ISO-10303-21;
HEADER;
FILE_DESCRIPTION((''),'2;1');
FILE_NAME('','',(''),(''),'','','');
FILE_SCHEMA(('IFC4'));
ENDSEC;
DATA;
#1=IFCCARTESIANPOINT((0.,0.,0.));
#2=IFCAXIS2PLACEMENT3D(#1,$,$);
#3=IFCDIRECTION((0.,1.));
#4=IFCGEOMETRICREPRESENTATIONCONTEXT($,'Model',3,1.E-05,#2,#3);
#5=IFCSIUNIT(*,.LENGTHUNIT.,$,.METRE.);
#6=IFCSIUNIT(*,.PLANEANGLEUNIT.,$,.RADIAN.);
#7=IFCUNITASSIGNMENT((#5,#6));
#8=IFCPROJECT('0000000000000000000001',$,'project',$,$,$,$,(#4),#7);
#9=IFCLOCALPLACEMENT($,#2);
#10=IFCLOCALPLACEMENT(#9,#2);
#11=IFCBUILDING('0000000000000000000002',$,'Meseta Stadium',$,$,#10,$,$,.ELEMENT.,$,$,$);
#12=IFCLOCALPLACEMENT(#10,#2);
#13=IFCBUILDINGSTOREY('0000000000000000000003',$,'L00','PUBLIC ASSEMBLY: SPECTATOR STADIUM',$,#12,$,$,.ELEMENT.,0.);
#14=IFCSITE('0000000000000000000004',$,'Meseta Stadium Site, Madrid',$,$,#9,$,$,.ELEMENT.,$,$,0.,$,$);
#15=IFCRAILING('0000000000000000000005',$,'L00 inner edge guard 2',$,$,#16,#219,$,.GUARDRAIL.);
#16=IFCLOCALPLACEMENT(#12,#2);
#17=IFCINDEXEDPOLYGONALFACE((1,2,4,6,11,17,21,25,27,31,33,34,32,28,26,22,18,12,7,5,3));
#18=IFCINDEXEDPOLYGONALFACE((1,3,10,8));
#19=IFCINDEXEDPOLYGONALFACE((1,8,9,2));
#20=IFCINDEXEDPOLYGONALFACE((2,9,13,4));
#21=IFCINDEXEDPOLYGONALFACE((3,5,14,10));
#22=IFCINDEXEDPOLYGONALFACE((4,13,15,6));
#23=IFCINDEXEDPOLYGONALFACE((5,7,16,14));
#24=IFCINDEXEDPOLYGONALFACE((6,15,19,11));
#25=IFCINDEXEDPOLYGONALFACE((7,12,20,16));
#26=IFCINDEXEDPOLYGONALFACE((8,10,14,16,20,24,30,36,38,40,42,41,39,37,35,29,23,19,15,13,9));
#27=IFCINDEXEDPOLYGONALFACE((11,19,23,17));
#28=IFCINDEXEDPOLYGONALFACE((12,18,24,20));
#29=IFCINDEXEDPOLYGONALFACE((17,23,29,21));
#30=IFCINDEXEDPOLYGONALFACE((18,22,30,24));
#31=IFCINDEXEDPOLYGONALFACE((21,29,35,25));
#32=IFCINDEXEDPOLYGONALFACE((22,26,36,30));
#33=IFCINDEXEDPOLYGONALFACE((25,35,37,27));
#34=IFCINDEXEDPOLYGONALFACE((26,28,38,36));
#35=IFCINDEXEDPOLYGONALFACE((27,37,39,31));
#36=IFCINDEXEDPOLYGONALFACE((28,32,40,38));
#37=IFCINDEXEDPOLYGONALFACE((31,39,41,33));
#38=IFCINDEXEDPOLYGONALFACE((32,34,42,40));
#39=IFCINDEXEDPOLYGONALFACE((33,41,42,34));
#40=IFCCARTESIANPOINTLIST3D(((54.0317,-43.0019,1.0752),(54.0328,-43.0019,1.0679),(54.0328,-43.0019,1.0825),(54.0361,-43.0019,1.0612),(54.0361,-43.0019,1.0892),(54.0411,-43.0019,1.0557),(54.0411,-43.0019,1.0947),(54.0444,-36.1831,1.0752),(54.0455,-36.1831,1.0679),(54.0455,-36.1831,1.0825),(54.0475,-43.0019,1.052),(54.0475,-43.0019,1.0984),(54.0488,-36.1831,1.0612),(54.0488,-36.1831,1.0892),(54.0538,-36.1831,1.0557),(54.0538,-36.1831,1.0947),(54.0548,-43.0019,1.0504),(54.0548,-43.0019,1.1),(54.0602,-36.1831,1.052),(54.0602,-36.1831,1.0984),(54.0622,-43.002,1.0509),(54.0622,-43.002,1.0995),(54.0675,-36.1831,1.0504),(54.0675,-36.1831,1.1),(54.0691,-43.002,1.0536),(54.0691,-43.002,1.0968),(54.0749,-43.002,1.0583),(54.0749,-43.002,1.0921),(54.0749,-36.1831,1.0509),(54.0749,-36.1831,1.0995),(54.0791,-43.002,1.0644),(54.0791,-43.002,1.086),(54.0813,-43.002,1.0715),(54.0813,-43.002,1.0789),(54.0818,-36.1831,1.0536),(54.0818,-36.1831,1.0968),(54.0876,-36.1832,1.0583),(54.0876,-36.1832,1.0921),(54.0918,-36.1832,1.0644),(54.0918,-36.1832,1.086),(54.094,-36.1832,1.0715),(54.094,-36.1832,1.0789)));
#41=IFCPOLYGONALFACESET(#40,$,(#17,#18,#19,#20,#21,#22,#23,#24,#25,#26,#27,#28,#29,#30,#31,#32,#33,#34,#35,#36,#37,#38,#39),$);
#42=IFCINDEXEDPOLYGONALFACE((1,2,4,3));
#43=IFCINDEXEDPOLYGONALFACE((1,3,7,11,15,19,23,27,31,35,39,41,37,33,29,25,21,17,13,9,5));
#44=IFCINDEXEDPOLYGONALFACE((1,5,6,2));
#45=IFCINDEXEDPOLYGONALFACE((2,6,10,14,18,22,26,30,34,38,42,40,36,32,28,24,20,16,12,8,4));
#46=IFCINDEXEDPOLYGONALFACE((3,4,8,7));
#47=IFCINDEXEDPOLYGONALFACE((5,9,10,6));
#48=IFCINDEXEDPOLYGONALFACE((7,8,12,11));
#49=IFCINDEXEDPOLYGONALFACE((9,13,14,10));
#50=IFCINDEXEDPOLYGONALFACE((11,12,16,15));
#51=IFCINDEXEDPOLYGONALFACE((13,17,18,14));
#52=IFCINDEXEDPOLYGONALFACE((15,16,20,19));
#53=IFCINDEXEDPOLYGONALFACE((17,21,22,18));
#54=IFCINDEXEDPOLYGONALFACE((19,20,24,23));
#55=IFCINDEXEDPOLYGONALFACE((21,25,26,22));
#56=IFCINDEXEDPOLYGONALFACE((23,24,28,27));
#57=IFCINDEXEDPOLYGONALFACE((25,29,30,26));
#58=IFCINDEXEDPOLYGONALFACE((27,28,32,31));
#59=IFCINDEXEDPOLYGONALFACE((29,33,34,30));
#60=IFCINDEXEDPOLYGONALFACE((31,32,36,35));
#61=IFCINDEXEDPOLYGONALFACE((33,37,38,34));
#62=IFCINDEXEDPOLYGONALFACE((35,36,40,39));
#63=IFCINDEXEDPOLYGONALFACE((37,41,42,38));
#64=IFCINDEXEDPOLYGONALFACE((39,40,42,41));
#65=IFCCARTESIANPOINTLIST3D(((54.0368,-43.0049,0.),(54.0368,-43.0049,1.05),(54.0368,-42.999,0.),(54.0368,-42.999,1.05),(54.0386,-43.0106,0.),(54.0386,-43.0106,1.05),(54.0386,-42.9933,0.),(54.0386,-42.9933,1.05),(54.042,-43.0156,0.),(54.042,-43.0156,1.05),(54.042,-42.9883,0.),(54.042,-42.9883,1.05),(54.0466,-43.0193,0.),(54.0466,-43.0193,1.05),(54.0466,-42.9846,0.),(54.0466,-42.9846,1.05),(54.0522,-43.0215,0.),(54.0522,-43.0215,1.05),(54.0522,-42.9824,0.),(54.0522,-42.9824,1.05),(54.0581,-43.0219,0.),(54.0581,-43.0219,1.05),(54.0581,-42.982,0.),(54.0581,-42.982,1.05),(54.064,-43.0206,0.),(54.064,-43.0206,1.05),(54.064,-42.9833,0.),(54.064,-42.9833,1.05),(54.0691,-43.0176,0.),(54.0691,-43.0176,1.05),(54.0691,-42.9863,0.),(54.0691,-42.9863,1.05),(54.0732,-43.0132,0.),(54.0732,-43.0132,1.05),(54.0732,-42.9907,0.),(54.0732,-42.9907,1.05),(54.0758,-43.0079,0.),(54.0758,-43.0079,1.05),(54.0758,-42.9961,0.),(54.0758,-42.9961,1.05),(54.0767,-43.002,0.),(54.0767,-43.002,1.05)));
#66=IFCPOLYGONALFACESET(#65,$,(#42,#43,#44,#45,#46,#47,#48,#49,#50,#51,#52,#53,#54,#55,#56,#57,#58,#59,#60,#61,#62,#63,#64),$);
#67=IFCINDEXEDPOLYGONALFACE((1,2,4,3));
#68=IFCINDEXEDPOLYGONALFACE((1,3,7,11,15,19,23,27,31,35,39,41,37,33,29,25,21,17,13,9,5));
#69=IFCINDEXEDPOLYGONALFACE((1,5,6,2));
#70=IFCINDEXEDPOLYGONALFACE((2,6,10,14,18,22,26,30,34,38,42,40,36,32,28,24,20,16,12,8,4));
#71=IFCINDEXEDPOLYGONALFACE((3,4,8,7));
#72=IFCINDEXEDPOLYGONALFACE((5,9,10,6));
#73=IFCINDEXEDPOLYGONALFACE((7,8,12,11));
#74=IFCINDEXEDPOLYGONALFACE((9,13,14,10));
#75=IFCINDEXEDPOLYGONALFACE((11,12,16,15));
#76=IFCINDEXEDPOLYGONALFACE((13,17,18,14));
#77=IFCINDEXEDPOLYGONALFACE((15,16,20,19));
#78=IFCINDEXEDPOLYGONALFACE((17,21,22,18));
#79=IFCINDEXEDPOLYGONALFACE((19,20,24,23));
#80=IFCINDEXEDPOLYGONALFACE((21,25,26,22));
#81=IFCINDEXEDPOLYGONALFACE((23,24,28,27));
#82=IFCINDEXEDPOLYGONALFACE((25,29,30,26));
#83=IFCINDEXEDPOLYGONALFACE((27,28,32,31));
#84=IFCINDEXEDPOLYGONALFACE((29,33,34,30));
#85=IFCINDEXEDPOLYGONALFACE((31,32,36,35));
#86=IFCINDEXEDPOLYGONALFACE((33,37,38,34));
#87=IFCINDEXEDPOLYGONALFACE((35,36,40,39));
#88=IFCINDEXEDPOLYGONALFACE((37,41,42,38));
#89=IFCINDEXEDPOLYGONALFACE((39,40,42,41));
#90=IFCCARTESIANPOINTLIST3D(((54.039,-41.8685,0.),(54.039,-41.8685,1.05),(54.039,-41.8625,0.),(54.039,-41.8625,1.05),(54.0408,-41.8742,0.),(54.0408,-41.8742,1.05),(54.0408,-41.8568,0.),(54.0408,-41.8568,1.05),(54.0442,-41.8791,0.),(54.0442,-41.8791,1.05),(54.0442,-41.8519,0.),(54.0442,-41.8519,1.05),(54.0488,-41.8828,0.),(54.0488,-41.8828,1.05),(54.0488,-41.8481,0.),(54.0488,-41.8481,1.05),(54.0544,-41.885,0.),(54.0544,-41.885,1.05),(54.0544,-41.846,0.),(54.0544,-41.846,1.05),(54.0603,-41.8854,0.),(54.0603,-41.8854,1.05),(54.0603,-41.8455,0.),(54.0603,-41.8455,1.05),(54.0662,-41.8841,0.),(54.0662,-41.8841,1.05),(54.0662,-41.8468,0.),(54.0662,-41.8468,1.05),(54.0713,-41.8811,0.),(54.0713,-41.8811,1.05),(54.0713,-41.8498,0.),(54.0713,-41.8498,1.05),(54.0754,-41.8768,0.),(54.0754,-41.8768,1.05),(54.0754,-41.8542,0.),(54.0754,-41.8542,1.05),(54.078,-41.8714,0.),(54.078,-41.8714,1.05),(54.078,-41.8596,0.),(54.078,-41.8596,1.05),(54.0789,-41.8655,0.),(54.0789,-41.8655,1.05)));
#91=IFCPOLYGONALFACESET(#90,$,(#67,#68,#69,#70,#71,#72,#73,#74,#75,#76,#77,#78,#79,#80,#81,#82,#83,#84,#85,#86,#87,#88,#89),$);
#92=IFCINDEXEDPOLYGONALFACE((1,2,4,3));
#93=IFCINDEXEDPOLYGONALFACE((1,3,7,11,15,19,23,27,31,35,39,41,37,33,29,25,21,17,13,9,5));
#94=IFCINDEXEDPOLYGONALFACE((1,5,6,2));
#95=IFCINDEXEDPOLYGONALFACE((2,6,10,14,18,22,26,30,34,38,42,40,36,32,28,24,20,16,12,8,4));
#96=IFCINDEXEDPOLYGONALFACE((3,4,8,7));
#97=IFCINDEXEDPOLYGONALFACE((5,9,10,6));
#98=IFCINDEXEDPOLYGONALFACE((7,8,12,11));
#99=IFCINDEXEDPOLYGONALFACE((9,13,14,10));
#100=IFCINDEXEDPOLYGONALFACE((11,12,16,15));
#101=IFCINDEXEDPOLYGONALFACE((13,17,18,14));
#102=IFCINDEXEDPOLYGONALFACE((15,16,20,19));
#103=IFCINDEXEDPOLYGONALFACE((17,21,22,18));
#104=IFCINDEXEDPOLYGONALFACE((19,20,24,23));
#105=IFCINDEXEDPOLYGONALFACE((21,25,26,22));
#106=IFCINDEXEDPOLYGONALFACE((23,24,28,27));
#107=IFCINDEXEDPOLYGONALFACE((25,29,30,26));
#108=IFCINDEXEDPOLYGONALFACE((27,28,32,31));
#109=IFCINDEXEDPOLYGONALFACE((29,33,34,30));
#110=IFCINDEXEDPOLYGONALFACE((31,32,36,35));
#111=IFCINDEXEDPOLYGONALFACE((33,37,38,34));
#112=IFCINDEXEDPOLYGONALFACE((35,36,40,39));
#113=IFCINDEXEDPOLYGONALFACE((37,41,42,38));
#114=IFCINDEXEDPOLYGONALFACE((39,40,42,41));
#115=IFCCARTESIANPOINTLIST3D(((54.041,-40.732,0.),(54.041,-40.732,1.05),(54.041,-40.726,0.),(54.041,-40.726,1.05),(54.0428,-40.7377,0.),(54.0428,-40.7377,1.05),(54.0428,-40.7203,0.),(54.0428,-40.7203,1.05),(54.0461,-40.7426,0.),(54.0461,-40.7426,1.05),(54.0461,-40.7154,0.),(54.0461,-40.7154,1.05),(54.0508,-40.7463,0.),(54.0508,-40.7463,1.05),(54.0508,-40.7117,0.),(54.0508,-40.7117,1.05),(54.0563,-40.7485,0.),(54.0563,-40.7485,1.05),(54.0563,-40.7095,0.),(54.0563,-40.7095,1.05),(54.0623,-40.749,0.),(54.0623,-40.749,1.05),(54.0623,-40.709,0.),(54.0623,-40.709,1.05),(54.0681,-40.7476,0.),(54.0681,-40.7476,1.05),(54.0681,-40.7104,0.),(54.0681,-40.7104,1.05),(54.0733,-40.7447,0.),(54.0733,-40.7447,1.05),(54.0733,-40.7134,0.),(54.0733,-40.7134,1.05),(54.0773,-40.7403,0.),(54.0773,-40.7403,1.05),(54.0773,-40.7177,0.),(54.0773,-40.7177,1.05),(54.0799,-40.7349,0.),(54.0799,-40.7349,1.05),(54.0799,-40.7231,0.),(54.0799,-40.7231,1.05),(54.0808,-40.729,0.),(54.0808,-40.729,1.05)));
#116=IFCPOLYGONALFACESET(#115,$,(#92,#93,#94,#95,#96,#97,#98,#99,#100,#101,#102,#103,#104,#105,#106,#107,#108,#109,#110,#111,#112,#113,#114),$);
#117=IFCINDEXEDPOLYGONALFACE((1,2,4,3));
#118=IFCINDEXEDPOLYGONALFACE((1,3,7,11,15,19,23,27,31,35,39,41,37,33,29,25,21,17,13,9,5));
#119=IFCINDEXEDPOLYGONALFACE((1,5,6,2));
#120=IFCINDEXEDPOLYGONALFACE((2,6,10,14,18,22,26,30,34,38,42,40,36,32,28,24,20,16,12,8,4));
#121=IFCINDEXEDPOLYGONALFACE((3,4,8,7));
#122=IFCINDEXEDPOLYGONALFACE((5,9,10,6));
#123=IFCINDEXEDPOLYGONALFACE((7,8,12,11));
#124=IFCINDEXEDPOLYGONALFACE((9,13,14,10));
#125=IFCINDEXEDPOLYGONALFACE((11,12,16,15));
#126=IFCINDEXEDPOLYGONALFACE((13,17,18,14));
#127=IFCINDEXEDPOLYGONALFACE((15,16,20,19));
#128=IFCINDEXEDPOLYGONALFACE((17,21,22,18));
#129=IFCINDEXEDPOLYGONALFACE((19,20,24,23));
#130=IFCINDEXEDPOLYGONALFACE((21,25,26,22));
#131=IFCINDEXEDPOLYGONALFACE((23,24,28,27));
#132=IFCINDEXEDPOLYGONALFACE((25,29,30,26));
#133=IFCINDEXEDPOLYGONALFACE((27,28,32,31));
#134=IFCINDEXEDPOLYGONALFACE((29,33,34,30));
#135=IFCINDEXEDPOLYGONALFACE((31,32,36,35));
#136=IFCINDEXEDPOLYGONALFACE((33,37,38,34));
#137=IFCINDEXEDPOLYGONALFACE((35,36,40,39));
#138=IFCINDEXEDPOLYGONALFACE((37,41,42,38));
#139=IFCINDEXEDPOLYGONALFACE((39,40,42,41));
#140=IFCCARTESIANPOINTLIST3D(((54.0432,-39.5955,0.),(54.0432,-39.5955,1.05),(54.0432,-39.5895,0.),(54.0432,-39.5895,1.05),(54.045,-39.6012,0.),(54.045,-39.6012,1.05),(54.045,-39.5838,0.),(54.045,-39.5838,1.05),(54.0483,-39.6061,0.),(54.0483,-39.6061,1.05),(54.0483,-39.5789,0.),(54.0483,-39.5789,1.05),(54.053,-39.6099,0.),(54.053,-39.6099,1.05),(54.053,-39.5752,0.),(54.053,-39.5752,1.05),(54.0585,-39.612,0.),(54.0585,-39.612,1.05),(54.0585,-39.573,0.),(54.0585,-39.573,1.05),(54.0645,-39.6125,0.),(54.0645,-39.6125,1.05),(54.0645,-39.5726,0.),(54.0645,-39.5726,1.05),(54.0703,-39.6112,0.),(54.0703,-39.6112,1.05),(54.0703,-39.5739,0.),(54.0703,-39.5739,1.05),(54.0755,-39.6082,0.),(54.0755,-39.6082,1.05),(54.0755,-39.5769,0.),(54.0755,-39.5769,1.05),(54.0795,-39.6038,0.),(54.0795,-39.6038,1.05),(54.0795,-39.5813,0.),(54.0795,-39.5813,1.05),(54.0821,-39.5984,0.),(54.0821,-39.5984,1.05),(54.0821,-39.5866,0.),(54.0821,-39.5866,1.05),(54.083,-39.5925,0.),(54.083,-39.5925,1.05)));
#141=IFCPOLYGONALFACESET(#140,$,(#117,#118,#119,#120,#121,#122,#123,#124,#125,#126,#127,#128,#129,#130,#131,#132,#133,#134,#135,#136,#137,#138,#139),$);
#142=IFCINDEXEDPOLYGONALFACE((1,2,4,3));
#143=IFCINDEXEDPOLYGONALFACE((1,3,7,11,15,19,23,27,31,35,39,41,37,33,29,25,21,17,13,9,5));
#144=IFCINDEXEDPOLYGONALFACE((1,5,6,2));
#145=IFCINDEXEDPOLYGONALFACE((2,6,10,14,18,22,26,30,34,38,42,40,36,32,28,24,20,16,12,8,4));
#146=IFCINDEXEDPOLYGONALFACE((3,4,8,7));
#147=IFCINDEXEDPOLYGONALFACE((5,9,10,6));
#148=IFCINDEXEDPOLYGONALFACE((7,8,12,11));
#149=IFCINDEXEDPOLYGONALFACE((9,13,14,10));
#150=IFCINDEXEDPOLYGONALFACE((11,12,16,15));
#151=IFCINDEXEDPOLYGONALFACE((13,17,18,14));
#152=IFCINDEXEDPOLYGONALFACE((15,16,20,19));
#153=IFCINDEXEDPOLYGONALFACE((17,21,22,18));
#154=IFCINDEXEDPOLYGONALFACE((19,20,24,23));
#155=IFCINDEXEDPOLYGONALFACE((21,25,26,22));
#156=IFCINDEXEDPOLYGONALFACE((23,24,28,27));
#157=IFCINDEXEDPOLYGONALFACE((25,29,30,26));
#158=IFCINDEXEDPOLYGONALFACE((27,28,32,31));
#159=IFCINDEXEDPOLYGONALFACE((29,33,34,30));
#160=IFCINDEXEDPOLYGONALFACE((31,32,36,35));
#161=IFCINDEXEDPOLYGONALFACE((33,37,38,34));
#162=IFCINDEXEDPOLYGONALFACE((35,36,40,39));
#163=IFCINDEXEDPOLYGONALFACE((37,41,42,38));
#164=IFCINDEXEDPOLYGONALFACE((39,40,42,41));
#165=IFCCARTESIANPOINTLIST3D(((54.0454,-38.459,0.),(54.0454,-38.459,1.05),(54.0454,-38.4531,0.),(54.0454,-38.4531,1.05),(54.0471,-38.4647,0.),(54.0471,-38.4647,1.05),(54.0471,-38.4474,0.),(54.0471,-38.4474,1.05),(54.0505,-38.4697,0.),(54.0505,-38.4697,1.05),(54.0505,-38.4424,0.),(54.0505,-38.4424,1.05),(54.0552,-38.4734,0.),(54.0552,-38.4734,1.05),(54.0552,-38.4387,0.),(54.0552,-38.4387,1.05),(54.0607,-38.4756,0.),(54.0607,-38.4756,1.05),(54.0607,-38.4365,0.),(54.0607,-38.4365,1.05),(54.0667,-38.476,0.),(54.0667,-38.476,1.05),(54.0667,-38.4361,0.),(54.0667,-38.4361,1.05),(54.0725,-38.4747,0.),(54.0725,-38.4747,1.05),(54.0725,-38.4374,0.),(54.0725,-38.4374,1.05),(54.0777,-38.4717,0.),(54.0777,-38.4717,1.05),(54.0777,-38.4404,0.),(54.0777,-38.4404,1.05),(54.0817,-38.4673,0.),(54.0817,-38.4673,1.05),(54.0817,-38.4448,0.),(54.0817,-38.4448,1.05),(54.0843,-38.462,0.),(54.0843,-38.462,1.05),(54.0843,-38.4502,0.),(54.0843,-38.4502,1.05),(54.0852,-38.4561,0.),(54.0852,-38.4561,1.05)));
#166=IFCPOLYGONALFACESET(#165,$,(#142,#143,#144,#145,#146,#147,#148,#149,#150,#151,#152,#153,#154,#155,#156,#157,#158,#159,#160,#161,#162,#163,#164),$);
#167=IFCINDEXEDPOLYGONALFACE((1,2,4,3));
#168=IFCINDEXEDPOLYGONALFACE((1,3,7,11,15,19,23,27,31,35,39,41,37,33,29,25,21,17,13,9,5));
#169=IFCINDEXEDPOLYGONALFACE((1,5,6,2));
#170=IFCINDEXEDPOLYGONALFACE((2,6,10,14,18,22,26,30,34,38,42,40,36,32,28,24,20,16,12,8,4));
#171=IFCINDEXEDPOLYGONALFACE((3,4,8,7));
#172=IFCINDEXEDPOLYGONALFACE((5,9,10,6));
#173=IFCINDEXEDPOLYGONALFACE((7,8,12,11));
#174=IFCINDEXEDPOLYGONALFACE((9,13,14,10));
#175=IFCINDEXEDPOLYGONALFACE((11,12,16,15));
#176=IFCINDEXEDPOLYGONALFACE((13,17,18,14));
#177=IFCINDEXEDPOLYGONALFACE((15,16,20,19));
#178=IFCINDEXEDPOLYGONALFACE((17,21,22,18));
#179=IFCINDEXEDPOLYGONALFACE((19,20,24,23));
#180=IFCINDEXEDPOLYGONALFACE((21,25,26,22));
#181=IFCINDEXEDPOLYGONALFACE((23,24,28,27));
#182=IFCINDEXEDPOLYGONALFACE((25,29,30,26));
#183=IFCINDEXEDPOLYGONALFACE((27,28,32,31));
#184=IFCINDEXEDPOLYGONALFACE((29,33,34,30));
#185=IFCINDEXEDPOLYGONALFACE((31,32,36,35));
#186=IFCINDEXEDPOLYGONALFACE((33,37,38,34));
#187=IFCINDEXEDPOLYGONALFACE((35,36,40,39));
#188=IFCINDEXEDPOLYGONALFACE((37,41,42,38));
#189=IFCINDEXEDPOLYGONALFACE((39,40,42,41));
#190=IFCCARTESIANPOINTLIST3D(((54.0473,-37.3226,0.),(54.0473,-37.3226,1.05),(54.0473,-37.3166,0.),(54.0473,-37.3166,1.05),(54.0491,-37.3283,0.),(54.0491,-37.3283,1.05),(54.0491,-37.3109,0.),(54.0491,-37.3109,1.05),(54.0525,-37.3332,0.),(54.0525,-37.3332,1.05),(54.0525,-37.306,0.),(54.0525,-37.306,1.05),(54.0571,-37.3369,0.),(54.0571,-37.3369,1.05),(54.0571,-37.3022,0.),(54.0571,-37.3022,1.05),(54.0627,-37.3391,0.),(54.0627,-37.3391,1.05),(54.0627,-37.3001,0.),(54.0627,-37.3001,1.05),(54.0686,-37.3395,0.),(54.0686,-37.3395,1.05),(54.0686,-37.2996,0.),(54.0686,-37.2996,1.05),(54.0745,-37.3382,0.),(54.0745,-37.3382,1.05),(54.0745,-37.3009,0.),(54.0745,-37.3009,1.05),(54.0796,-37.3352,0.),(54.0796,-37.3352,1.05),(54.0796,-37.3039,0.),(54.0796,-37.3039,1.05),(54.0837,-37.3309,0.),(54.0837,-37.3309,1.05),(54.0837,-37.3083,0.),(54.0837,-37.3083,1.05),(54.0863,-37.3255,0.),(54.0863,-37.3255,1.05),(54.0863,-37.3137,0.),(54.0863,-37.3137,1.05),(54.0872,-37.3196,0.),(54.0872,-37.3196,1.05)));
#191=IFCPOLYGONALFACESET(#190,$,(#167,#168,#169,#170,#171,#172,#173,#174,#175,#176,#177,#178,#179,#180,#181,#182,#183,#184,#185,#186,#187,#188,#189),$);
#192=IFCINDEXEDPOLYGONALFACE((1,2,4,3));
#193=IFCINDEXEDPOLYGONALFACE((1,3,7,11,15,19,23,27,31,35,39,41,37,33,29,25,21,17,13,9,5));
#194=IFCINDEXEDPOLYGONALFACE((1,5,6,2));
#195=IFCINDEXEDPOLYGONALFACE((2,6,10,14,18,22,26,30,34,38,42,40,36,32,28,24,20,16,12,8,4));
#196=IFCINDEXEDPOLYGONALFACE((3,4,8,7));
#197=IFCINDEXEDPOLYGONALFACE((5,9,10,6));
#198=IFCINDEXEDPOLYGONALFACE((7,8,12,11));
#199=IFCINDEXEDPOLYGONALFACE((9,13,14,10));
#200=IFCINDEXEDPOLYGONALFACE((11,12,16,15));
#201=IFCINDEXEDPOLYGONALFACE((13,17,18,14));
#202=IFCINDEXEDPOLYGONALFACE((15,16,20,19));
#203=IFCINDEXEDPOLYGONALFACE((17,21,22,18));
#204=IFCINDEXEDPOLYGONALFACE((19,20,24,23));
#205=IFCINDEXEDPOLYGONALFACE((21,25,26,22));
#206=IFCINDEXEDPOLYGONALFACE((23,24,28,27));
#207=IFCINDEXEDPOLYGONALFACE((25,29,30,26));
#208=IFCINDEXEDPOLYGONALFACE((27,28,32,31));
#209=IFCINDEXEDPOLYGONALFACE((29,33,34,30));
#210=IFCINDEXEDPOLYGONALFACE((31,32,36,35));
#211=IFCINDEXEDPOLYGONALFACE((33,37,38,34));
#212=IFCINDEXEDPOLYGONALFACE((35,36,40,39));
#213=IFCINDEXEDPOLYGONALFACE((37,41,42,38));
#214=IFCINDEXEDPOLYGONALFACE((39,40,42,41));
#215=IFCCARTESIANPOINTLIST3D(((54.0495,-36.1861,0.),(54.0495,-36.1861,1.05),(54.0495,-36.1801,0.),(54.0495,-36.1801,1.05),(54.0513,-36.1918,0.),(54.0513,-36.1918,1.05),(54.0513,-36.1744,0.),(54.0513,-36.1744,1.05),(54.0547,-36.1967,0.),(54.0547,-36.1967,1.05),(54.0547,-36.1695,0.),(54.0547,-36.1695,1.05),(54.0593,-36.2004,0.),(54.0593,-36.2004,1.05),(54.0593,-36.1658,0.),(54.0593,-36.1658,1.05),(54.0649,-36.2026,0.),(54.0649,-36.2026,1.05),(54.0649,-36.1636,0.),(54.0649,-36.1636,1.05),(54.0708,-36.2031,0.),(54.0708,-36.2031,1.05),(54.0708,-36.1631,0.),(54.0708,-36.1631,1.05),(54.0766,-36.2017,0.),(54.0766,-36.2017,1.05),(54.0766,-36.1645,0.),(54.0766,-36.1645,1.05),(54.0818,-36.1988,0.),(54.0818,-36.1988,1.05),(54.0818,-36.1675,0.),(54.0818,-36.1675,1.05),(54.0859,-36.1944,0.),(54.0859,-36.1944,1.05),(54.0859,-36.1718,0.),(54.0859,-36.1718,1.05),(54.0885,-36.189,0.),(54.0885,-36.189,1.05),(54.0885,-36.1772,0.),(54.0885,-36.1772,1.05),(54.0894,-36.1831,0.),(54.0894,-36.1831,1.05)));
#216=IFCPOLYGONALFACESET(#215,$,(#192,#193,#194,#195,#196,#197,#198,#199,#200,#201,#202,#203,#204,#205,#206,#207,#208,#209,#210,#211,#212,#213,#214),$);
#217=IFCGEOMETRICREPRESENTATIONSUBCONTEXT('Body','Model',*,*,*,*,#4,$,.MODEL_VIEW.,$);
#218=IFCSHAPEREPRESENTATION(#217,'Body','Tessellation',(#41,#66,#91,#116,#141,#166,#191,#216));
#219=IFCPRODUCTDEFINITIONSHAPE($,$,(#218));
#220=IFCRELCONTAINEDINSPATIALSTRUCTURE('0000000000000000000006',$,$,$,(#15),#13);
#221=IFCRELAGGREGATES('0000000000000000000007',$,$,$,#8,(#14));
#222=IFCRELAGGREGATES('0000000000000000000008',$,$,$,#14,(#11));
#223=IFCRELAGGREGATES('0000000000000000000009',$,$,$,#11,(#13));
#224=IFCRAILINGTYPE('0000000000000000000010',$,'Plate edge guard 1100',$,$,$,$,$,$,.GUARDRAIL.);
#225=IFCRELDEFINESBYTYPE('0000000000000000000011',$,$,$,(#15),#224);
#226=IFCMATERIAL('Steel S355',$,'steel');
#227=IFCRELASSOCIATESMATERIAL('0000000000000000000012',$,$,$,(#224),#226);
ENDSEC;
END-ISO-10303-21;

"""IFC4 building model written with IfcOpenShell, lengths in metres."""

from ifc_helpers import new_model, si_unit, direction, frame, origin, origin_2d, place, context, subcontext, project, spatial, circle, extrude, material, type_object, element, save


model = new_model("IFC4")

# Units and contexts
model_context = context("Model", 3, precision=1e-05, world=origin(), true_north=direction((0.0, 1.0)))
body_context = subcontext(model_context, "Body", "Model", "MODEL_VIEW")
ifc_project = project(units=[si_unit("LENGTHUNIT", "METRE"), si_unit("PLANEANGLEUNIT", "RADIAN")], contexts=[model_context])

# Site, building, storey
site_placement = place(None, origin())
site = spatial("IfcSite", under=ifc_project, at=site_placement, Name="Meseta Stadium Site, Madrid", CompositionType="ELEMENT", RefElevation=0.0)
building_placement = place(site_placement, origin())
building = spatial("IfcBuilding", under=site, at=building_placement, Name="Meseta Stadium", CompositionType="ELEMENT")
storey_placement = place(building_placement, origin())
storey = spatial("IfcBuildingStorey", under=building, at=storey_placement, Name="L00", Description="PUBLIC ASSEMBLY: SPECTATOR STADIUM", CompositionType="ELEMENT", Elevation=0.0)

# Railing
ifc_material_1 = material(Name="Steel S355", Category="steel")
railing_type_1 = type_object("IfcRailingType", Name="Plate edge guard 1100", PredefinedType="GUARDRAIL", material=ifc_material_1)
railing_1_placement = place(storey_placement, frame((54.0566, -43.002, 0.0)))
element("IfcRailing", 1, at=railing_1_placement, inside=storey, type_object=railing_type_1, Name="L00 inner edge guard 2", PredefinedType="GUARDRAIL", context=body_context, shape_type="SweptSolid", body=[
    extrude(circle(Radius=0.0249, at=origin_2d()), frame((0.0, 0.0, 1.0752), z_axis=(0.001862, 0.999998, 0.0), x_axis=(-0.999998, 0.001862, 0.0)), (0.0, 0.0, 1.0), 6.8188),
    extrude(circle(Radius=0.02, at=origin_2d()), origin(), (0.0, 0.0, 1.0), 1.05),
    extrude(circle(Radius=0.02, at=origin_2d()), frame((0.0022, 1.1365, 0.0)), (0.0, 0.0, 1.0), 1.05),
    extrude(circle(Radius=0.02, at=origin_2d()), frame((0.0042, 2.2729, 0.0)), (0.0, 0.0, 1.0), 1.05),
    extrude(circle(Radius=0.02, at=origin_2d()), frame((0.0063, 3.4094, 0.0)), (0.0, 0.0, 1.0), 1.05),
    extrude(circle(Radius=0.02, at=origin_2d()), frame((0.0085, 4.5459, 0.0)), (0.0, 0.0, 1.0), 1.05),
    extrude(circle(Radius=0.02, at=origin_2d()), frame((0.0105, 5.6824, 0.0)), (0.0, 0.0, 1.0), 1.05),
    extrude(circle(Radius=0.02, at=origin_2d()), frame((0.0127, 6.8188, 0.0)), (0.0, 0.0, 1.0), 1.05),
])

save(model, "model.ifc")
